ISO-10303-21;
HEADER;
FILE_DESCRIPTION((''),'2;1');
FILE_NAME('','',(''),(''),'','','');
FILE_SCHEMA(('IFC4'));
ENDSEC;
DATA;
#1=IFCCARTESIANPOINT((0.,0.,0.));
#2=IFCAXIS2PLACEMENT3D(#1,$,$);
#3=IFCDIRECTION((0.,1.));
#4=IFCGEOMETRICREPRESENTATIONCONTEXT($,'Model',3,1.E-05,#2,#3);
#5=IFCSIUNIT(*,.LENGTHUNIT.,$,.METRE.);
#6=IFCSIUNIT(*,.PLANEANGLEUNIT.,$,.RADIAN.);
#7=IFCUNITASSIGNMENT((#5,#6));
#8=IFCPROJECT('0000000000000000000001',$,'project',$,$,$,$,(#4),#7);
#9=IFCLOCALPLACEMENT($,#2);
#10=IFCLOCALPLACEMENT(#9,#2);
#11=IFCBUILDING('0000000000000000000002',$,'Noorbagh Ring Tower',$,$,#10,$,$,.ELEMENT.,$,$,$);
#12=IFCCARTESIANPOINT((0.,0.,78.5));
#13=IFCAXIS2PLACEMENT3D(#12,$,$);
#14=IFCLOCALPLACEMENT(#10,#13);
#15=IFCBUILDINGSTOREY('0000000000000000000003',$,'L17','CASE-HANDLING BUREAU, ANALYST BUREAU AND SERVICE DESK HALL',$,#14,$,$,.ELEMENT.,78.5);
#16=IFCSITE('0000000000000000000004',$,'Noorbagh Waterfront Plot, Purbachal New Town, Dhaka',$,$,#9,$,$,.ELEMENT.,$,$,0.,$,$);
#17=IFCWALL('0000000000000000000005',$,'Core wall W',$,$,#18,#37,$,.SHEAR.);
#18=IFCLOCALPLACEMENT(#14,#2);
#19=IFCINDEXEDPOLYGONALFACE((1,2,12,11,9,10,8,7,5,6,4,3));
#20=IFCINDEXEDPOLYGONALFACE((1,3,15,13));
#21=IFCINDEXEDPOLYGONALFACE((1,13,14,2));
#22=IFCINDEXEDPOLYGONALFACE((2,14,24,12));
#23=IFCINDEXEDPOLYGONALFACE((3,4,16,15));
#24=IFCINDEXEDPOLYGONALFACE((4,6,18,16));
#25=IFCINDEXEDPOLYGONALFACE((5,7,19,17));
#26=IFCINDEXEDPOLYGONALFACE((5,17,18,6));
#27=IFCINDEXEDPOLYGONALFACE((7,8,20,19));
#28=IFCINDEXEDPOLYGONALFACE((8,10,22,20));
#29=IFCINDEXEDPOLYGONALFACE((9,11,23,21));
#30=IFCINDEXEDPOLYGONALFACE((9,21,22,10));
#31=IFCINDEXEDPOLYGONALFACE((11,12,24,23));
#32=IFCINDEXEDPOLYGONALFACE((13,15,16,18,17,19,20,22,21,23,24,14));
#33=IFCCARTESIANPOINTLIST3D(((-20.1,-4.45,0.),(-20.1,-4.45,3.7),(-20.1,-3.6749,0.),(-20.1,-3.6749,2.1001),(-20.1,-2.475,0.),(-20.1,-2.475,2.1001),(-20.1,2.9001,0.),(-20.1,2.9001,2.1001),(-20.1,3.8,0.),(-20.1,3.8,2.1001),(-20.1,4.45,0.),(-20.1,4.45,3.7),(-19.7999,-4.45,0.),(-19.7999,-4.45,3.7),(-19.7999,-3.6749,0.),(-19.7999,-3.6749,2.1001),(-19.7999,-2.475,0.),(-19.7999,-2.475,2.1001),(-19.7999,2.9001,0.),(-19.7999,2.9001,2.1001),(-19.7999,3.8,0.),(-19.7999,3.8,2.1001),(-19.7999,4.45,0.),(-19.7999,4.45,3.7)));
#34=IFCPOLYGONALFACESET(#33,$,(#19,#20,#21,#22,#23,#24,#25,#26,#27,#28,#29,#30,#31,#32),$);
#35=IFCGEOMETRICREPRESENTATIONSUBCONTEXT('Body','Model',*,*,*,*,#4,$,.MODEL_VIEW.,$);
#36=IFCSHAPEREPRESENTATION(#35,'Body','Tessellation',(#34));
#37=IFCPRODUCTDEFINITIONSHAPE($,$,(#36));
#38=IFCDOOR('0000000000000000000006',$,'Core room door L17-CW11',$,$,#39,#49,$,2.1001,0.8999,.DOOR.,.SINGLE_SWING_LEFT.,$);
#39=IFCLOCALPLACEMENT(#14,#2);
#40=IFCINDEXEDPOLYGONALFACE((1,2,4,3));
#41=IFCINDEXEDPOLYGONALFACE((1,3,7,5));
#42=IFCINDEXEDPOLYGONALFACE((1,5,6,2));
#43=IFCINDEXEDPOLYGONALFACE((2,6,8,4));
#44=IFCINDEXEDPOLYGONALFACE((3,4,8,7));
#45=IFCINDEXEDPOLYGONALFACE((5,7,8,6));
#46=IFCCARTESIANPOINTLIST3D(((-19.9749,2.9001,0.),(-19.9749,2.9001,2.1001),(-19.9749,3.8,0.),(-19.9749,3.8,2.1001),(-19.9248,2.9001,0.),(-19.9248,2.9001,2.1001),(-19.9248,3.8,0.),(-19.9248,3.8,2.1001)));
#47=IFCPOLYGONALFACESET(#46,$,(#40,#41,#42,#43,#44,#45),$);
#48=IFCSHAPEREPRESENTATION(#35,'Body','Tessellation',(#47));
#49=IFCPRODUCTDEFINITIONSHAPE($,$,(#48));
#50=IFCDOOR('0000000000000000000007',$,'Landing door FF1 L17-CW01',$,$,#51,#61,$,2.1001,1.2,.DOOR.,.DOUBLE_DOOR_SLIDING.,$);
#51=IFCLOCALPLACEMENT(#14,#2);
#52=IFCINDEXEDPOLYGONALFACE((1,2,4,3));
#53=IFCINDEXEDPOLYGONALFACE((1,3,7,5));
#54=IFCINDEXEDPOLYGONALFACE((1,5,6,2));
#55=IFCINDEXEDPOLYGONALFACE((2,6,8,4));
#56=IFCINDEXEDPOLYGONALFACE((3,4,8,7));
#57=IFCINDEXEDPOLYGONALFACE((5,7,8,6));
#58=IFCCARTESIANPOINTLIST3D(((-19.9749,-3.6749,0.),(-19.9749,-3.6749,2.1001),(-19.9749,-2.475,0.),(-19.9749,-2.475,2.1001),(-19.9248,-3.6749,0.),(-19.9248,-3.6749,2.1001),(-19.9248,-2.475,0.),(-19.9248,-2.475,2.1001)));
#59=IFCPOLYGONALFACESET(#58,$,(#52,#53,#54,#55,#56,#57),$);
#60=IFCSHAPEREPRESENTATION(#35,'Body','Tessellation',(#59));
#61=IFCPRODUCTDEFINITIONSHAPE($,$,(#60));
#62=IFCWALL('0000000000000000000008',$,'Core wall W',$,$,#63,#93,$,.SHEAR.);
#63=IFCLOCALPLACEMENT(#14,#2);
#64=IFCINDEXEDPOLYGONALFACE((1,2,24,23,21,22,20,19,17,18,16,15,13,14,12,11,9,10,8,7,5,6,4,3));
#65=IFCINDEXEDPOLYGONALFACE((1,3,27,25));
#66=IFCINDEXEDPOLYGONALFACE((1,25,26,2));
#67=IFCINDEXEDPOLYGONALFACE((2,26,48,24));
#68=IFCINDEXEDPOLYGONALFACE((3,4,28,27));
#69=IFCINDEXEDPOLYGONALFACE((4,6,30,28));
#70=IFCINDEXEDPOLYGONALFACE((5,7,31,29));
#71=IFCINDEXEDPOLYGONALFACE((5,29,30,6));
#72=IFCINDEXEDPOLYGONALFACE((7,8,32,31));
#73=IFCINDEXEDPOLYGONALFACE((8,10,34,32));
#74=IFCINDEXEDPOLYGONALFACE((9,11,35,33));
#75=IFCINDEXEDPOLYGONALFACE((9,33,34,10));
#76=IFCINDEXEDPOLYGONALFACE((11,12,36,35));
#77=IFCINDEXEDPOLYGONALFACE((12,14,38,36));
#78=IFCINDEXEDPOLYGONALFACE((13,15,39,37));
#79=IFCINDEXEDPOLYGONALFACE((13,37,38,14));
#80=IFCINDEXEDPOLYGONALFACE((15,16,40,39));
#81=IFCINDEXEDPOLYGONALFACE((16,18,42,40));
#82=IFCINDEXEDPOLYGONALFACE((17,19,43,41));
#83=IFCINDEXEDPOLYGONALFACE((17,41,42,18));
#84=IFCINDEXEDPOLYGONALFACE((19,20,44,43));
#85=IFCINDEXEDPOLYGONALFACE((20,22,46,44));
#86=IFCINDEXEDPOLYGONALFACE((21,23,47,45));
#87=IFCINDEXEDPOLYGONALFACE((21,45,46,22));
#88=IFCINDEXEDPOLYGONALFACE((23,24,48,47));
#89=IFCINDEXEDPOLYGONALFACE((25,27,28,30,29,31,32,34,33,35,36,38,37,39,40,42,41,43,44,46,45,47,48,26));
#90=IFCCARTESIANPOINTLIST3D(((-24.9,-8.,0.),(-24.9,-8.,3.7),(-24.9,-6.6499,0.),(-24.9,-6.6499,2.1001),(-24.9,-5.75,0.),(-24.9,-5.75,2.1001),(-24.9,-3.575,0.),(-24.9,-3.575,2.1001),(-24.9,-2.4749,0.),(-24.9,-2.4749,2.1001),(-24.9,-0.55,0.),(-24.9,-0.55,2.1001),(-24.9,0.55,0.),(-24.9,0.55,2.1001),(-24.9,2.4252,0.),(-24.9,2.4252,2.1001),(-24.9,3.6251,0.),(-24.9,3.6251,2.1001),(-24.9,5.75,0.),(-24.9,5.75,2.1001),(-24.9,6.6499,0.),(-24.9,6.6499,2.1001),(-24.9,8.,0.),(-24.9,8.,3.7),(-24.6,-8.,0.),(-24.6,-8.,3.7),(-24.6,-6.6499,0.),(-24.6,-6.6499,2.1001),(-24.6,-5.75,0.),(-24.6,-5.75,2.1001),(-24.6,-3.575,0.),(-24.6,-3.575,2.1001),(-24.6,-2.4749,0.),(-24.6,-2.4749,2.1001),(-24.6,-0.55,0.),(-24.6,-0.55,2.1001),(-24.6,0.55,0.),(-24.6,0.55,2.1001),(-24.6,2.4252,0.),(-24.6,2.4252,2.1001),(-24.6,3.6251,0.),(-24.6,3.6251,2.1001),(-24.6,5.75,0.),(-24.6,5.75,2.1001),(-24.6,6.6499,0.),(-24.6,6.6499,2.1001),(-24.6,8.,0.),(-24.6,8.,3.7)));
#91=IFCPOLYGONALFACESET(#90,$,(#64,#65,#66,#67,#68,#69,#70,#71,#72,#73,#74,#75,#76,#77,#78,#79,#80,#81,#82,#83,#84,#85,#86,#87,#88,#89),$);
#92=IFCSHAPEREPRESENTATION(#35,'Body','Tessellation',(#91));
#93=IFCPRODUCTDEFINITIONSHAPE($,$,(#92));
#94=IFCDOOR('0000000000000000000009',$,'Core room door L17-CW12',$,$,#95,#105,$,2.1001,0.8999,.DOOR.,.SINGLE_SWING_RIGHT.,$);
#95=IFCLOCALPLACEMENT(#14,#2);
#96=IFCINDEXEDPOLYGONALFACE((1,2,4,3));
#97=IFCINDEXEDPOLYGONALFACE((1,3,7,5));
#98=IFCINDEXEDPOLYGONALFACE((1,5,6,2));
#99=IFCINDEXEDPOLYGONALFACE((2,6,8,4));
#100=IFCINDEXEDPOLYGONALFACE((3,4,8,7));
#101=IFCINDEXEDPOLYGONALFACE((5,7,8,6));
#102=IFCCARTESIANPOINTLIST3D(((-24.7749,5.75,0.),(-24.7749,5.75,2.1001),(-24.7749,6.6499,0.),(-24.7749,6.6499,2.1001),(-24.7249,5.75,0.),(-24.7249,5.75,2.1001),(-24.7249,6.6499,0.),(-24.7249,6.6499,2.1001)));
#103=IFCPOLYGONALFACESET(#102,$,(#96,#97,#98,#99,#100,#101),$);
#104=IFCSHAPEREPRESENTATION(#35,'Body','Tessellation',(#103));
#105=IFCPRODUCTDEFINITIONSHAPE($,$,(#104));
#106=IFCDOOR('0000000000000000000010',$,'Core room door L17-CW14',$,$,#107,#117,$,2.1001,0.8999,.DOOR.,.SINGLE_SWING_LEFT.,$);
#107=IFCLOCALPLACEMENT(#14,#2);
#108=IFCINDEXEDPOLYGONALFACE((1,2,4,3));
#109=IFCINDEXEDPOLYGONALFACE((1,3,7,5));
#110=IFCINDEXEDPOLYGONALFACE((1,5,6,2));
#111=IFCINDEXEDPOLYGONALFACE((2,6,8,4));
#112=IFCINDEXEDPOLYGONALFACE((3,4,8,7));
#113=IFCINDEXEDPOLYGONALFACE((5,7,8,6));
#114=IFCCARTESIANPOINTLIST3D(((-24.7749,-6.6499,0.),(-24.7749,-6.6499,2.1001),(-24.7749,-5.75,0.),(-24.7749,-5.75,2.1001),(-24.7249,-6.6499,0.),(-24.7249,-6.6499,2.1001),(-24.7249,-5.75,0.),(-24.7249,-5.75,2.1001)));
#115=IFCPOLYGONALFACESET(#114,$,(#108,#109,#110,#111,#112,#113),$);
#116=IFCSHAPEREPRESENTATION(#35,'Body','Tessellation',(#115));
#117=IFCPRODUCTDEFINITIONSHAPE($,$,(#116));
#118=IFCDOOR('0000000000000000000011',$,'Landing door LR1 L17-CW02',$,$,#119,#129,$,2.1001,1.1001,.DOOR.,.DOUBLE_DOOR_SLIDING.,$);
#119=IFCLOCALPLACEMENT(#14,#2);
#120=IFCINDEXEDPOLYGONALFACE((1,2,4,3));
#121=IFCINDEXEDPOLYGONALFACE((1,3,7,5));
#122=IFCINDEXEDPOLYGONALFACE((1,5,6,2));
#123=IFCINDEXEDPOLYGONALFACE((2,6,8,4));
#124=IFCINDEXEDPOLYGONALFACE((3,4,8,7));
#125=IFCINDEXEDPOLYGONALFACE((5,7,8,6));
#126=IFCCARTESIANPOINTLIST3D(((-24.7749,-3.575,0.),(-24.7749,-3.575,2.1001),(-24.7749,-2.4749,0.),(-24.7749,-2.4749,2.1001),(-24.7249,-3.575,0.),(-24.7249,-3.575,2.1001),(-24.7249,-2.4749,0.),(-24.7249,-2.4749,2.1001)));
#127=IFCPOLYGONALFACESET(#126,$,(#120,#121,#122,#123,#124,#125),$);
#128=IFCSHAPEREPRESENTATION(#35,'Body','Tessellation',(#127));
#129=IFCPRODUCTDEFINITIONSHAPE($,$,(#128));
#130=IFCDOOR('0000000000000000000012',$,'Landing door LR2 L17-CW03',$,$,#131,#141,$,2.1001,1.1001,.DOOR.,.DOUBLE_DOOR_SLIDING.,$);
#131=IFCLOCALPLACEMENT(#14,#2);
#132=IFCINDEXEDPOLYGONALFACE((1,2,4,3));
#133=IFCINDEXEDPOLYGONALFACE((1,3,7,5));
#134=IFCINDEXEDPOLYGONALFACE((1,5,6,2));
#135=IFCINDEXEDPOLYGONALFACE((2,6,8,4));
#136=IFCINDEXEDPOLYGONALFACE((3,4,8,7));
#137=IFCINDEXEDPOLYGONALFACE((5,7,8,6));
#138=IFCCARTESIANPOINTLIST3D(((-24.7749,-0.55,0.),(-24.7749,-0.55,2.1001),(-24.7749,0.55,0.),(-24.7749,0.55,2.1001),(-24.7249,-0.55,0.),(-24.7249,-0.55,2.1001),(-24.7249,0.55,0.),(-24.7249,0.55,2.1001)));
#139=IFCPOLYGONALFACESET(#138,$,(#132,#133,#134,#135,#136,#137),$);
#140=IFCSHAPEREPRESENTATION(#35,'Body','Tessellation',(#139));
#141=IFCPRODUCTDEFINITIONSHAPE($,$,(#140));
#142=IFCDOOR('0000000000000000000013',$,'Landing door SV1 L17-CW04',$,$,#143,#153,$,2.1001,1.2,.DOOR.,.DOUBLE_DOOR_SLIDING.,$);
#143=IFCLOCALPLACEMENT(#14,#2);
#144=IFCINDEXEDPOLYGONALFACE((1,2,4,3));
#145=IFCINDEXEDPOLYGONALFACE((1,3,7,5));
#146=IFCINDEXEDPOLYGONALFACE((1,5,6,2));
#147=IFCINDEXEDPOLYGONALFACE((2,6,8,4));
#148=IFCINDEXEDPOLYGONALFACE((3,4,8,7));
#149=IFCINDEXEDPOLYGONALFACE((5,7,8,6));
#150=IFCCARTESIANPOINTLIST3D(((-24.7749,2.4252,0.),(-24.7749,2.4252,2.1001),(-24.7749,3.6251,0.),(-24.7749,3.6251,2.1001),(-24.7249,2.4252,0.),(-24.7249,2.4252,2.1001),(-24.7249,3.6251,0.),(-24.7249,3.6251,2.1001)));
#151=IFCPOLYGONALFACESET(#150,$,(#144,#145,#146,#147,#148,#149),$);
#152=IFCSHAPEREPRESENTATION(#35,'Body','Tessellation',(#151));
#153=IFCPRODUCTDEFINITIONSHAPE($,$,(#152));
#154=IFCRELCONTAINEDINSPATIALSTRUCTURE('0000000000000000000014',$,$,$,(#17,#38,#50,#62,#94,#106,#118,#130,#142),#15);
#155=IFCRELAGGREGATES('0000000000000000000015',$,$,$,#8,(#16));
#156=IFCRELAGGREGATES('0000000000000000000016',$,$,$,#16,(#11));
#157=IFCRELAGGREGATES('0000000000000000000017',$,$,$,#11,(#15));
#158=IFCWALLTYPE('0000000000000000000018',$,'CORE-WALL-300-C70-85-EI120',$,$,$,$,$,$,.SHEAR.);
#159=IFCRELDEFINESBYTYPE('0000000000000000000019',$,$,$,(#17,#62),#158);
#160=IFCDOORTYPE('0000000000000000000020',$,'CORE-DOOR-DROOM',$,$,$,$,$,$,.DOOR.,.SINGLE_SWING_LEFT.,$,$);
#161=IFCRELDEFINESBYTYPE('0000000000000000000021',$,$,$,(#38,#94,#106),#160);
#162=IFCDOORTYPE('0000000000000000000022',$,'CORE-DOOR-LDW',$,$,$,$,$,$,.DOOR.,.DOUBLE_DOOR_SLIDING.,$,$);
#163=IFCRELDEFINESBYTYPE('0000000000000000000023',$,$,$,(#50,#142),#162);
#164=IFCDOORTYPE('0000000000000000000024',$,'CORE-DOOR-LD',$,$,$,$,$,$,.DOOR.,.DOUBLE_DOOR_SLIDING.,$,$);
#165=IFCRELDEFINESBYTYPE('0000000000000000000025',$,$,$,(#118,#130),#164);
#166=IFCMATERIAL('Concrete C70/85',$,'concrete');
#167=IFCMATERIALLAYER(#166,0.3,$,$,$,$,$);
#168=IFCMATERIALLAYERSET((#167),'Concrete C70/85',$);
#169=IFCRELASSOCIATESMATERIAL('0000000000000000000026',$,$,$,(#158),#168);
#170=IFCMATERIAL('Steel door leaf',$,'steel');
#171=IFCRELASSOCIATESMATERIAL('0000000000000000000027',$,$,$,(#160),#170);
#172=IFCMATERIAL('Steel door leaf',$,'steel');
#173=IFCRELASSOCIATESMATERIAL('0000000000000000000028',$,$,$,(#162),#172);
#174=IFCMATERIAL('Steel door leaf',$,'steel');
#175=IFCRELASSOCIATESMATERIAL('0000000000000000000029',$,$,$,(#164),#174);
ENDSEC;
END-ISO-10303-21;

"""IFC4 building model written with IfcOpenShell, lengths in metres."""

from ifc_helpers import new_model, si_unit, direction, frame, frame_2d, origin, place, context, subcontext, project, spatial, rectangle, extrude, material, layer, layer_set, type_object, element, fill, save


model = new_model("IFC4")

# Units and contexts
model_context = context("Model", 3, precision=1e-05, world=origin(), true_north=direction((0.0, 1.0)))
body_context = subcontext(model_context, "Body", "Model", "MODEL_VIEW")
ifc_project = project(units=[si_unit("LENGTHUNIT", "METRE"), si_unit("PLANEANGLEUNIT", "RADIAN")], contexts=[model_context])

# Site, building, storey
site_placement = place(None, origin())
site = spatial("IfcSite", under=ifc_project, at=site_placement, Name="Noorbagh Waterfront Plot, Purbachal New Town, Dhaka", CompositionType="ELEMENT", RefElevation=0.0)
building_placement = place(site_placement, origin())
building = spatial("IfcBuilding", under=site, at=building_placement, Name="Noorbagh Ring Tower", CompositionType="ELEMENT")
storey_placement = place(building_placement, frame((0.0, 0.0, 78.5)))
storey = spatial("IfcBuildingStorey", under=building, at=storey_placement, Name="L17", Description="CASE-HANDLING BUREAU, ANALYST BUREAU AND SERVICE DESK HALL", CompositionType="ELEMENT", Elevation=78.5)

# Shared definitions
ifc_material_1 = material(Name="Concrete C70/85", Category="concrete")
ifc_layer_1 = layer(ifc_material_1, 0.3)
ifc_layer_set_1 = layer_set([ifc_layer_1], Name="Concrete C70/85")
wall_type_1 = type_object("IfcWallType", Name="CORE-WALL-300-C70-85-EI120", PredefinedType="SHEAR", material=ifc_layer_set_1)

# Walls, openings, doors
wall_1_placement = place(storey_placement, frame((-19.95, -4.45, 0.0), z_axis=(0.0, 0.0, 1.0), x_axis=(0.0, 1.0, 0.0)))
wall_1 = element("IfcWall", 1, at=wall_1_placement, inside=storey, type_object=wall_type_1, Name="Core wall W", PredefinedType="SHEAR", context=body_context, shape_type="SweptSolid", body=[
    extrude(rectangle(XDim=8.8999, YDim=0.3, at=frame_2d((4.45, 0.0))), origin(), (0.0, 0.0, 1.0), 3.7),
])
opening_1_placement = place(wall_1_placement, frame((0.7749, 0.0, 0.0)))
opening_1 = element("IfcOpeningElement", 2, at=opening_1_placement, cuts=wall_1, PredefinedType="OPENING", context=body_context, shape_type="SweptSolid", body=[
    extrude(rectangle(XDim=1.2, YDim=2.1001, at=frame_2d((0.6001, 1.05))), frame((0.0, 0.1602, 0.0), z_axis=(0.0, -1.0, 0.0), x_axis=(1.0, 0.0, 0.0)), (0.0, 0.0, 1.0), 0.3201),
])
opening_2_placement = place(wall_1_placement, frame((7.3501, 0.0, 0.0)))
opening_2 = element("IfcOpeningElement", 3, at=opening_2_placement, cuts=wall_1, PredefinedType="OPENING", context=body_context, shape_type="SweptSolid", body=[
    extrude(rectangle(XDim=0.8999, YDim=2.1001, at=frame_2d((0.45, 1.05))), frame((0.0, 0.1602, 0.0), z_axis=(0.0, -1.0, 0.0), x_axis=(1.0, 0.0, 0.0)), (0.0, 0.0, 1.0), 0.3201),
])
ifc_material_2 = material(Name="Steel door leaf", Category="steel")
door_type_1 = type_object("IfcDoorType", Name="CORE-DOOR-DROOM", OperationType="SINGLE_SWING_LEFT", PredefinedType="DOOR", material=ifc_material_2)
door_1_placement = place(opening_2_placement, origin())
door_1 = element("IfcDoor", 4, at=door_1_placement, inside=storey, type_object=door_type_1, Name="Core room door L17-CW11", OperationType="SINGLE_SWING_LEFT", OverallHeight=2.1001, OverallWidth=0.8999, PredefinedType="DOOR", context=body_context, shape_type="SweptSolid", body=[
    extrude(rectangle(XDim=0.8999, YDim=2.1001, at=frame_2d((0.45, 1.05))), frame((0.0, 0.0249, 0.0), z_axis=(0.0, -1.0, 0.0), x_axis=(1.0, 0.0, 0.0)), (0.0, 0.0, 1.0), 0.05),
])
fill(opening_2, door_1)
ifc_material_3 = material(Name="Steel door leaf", Category="steel")
door_type_2 = type_object("IfcDoorType", Name="CORE-DOOR-LDW", OperationType="DOUBLE_DOOR_SLIDING", PredefinedType="DOOR", material=ifc_material_3)
door_2_placement = place(opening_1_placement, origin())
door_2 = element("IfcDoor", 5, at=door_2_placement, inside=storey, type_object=door_type_2, Name="Landing door FF1 L17-CW01", OperationType="DOUBLE_DOOR_SLIDING", OverallHeight=2.1001, OverallWidth=1.2, PredefinedType="DOOR", context=body_context, shape_type="SweptSolid", body=[
    extrude(rectangle(XDim=1.2, YDim=2.1001, at=frame_2d((0.6001, 1.05))), frame((0.0, 0.0249, 0.0), z_axis=(0.0, -1.0, 0.0), x_axis=(1.0, 0.0, 0.0)), (0.0, 0.0, 1.0), 0.05),
])
fill(opening_1, door_2)
wall_2_placement = place(storey_placement, frame((-24.75, -8.0, 0.0), z_axis=(0.0, 0.0, 1.0), x_axis=(0.0, 1.0, 0.0)))
wall_2 = element("IfcWall", 6, at=wall_2_placement, inside=storey, type_object=wall_type_1, Name="Core wall W", PredefinedType="SHEAR", context=body_context, shape_type="SweptSolid", body=[
    extrude(rectangle(XDim=16.0, YDim=0.3, at=frame_2d((8.0, 0.0))), origin(), (0.0, 0.0, 1.0), 3.7),
])
opening_3_placement = place(wall_2_placement, frame((4.425, 0.0, 0.0)))
opening_3 = element("IfcOpeningElement", 7, at=opening_3_placement, cuts=wall_2, PredefinedType="OPENING", context=body_context, shape_type="SweptSolid", body=[
    extrude(rectangle(XDim=1.1001, YDim=2.1001, at=frame_2d((0.55, 1.05))), frame((0.0, 0.1602, 0.0), z_axis=(0.0, -1.0, 0.0), x_axis=(1.0, 0.0, 0.0)), (0.0, 0.0, 1.0), 0.3201),
])
opening_4_placement = place(wall_2_placement, frame((7.45, 0.0, 0.0)))
opening_4 = element("IfcOpeningElement", 8, at=opening_4_placement, cuts=wall_2, PredefinedType="OPENING", context=body_context, shape_type="SweptSolid", body=[
    extrude(rectangle(XDim=1.1001, YDim=2.1001, at=frame_2d((0.55, 1.05))), frame((0.0, 0.1602, 0.0), z_axis=(0.0, -1.0, 0.0), x_axis=(1.0, 0.0, 0.0)), (0.0, 0.0, 1.0), 0.3201),
])
opening_5_placement = place(wall_2_placement, frame((10.425, 0.0, 0.0)))
opening_5 = element("IfcOpeningElement", 9, at=opening_5_placement, cuts=wall_2, PredefinedType="OPENING", context=body_context, shape_type="SweptSolid", body=[
    extrude(rectangle(XDim=1.2, YDim=2.1001, at=frame_2d((0.6001, 1.05))), frame((0.0, 0.1602, 0.0), z_axis=(0.0, -1.0, 0.0), x_axis=(1.0, 0.0, 0.0)), (0.0, 0.0, 1.0), 0.3201),
])
opening_6_placement = place(wall_2_placement, frame((13.75, 0.0, 0.0)))
opening_6 = element("IfcOpeningElement", 10, at=opening_6_placement, cuts=wall_2, PredefinedType="OPENING", context=body_context, shape_type="SweptSolid", body=[
    extrude(rectangle(XDim=0.8999, YDim=2.1001, at=frame_2d((0.45, 1.05))), frame((0.0, 0.1602, 0.0), z_axis=(0.0, -1.0, 0.0), x_axis=(1.0, 0.0, 0.0)), (0.0, 0.0, 1.0), 0.3201),
])
opening_7_placement = place(wall_2_placement, frame((1.3501, 0.0, 0.0)))
opening_7 = element("IfcOpeningElement", 11, at=opening_7_placement, cuts=wall_2, PredefinedType="OPENING", context=body_context, shape_type="SweptSolid", body=[
    extrude(rectangle(XDim=0.8999, YDim=2.1001, at=frame_2d((0.45, 1.05))), frame((0.0, 0.1602, 0.0), z_axis=(0.0, -1.0, 0.0), x_axis=(1.0, 0.0, 0.0)), (0.0, 0.0, 1.0), 0.3201),
])
door_3_placement = place(opening_6_placement, origin())
door_3 = element("IfcDoor", 12, at=door_3_placement, inside=storey, type_object=door_type_1, Name="Core room door L17-CW12", OperationType="SINGLE_SWING_RIGHT", OverallHeight=2.1001, OverallWidth=0.8999, PredefinedType="DOOR", context=body_context, shape_type="SweptSolid", body=[
    extrude(rectangle(XDim=0.8999, YDim=2.1001, at=frame_2d((0.45, 1.05))), frame((0.0, 0.0249, 0.0), z_axis=(0.0, -1.0, 0.0), x_axis=(1.0, 0.0, 0.0)), (0.0, 0.0, 1.0), 0.05),
])
fill(opening_6, door_3)
door_4_placement = place(opening_7_placement, origin())
door_4 = element("IfcDoor", 13, at=door_4_placement, inside=storey, type_object=door_type_1, Name="Core room door L17-CW14", OperationType="SINGLE_SWING_LEFT", OverallHeight=2.1001, OverallWidth=0.8999, PredefinedType="DOOR", context=body_context, shape_type="SweptSolid", body=[
    extrude(rectangle(XDim=0.8999, YDim=2.1001, at=frame_2d((0.45, 1.05))), frame((0.0, 0.0249, 0.0), z_axis=(0.0, -1.0, 0.0), x_axis=(1.0, 0.0, 0.0)), (0.0, 0.0, 1.0), 0.05),
])
fill(opening_7, door_4)
ifc_material_4 = material(Name="Steel door leaf", Category="steel")
door_type_3 = type_object("IfcDoorType", Name="CORE-DOOR-LD", OperationType="DOUBLE_DOOR_SLIDING", PredefinedType="DOOR", material=ifc_material_4)
door_5_placement = place(opening_3_placement, origin())
door_5 = element("IfcDoor", 14, at=door_5_placement, inside=storey, type_object=door_type_3, Name="Landing door LR1 L17-CW02", OperationType="DOUBLE_DOOR_SLIDING", OverallHeight=2.1001, OverallWidth=1.1001, PredefinedType="DOOR", context=body_context, shape_type="SweptSolid", body=[
    extrude(rectangle(XDim=1.1001, YDim=2.1001, at=frame_2d((0.55, 1.05))), frame((0.0, 0.0249, 0.0), z_axis=(0.0, -1.0, 0.0), x_axis=(1.0, 0.0, 0.0)), (0.0, 0.0, 1.0), 0.05),
])
fill(opening_3, door_5)
door_6_placement = place(opening_4_placement, origin())
door_6 = element("IfcDoor", 15, at=door_6_placement, inside=storey, type_object=door_type_3, Name="Landing door LR2 L17-CW03", OperationType="DOUBLE_DOOR_SLIDING", OverallHeight=2.1001, OverallWidth=1.1001, PredefinedType="DOOR", context=body_context, shape_type="SweptSolid", body=[
    extrude(rectangle(XDim=1.1001, YDim=2.1001, at=frame_2d((0.55, 1.05))), frame((0.0, 0.0249, 0.0), z_axis=(0.0, -1.0, 0.0), x_axis=(1.0, 0.0, 0.0)), (0.0, 0.0, 1.0), 0.05),
])
fill(opening_4, door_6)
door_7_placement = place(opening_5_placement, origin())
door_7 = element("IfcDoor", 16, at=door_7_placement, inside=storey, type_object=door_type_2, Name="Landing door SV1 L17-CW04", OperationType="DOUBLE_DOOR_SLIDING", OverallHeight=2.1001, OverallWidth=1.2, PredefinedType="DOOR", context=body_context, shape_type="SweptSolid", body=[
    extrude(rectangle(XDim=1.2, YDim=2.1001, at=frame_2d((0.6001, 1.05))), frame((0.0, 0.0249, 0.0), z_axis=(0.0, -1.0, 0.0), x_axis=(1.0, 0.0, 0.0)), (0.0, 0.0, 1.0), 0.05),
])
fill(opening_5, door_7)

save(model, "model.ifc")
